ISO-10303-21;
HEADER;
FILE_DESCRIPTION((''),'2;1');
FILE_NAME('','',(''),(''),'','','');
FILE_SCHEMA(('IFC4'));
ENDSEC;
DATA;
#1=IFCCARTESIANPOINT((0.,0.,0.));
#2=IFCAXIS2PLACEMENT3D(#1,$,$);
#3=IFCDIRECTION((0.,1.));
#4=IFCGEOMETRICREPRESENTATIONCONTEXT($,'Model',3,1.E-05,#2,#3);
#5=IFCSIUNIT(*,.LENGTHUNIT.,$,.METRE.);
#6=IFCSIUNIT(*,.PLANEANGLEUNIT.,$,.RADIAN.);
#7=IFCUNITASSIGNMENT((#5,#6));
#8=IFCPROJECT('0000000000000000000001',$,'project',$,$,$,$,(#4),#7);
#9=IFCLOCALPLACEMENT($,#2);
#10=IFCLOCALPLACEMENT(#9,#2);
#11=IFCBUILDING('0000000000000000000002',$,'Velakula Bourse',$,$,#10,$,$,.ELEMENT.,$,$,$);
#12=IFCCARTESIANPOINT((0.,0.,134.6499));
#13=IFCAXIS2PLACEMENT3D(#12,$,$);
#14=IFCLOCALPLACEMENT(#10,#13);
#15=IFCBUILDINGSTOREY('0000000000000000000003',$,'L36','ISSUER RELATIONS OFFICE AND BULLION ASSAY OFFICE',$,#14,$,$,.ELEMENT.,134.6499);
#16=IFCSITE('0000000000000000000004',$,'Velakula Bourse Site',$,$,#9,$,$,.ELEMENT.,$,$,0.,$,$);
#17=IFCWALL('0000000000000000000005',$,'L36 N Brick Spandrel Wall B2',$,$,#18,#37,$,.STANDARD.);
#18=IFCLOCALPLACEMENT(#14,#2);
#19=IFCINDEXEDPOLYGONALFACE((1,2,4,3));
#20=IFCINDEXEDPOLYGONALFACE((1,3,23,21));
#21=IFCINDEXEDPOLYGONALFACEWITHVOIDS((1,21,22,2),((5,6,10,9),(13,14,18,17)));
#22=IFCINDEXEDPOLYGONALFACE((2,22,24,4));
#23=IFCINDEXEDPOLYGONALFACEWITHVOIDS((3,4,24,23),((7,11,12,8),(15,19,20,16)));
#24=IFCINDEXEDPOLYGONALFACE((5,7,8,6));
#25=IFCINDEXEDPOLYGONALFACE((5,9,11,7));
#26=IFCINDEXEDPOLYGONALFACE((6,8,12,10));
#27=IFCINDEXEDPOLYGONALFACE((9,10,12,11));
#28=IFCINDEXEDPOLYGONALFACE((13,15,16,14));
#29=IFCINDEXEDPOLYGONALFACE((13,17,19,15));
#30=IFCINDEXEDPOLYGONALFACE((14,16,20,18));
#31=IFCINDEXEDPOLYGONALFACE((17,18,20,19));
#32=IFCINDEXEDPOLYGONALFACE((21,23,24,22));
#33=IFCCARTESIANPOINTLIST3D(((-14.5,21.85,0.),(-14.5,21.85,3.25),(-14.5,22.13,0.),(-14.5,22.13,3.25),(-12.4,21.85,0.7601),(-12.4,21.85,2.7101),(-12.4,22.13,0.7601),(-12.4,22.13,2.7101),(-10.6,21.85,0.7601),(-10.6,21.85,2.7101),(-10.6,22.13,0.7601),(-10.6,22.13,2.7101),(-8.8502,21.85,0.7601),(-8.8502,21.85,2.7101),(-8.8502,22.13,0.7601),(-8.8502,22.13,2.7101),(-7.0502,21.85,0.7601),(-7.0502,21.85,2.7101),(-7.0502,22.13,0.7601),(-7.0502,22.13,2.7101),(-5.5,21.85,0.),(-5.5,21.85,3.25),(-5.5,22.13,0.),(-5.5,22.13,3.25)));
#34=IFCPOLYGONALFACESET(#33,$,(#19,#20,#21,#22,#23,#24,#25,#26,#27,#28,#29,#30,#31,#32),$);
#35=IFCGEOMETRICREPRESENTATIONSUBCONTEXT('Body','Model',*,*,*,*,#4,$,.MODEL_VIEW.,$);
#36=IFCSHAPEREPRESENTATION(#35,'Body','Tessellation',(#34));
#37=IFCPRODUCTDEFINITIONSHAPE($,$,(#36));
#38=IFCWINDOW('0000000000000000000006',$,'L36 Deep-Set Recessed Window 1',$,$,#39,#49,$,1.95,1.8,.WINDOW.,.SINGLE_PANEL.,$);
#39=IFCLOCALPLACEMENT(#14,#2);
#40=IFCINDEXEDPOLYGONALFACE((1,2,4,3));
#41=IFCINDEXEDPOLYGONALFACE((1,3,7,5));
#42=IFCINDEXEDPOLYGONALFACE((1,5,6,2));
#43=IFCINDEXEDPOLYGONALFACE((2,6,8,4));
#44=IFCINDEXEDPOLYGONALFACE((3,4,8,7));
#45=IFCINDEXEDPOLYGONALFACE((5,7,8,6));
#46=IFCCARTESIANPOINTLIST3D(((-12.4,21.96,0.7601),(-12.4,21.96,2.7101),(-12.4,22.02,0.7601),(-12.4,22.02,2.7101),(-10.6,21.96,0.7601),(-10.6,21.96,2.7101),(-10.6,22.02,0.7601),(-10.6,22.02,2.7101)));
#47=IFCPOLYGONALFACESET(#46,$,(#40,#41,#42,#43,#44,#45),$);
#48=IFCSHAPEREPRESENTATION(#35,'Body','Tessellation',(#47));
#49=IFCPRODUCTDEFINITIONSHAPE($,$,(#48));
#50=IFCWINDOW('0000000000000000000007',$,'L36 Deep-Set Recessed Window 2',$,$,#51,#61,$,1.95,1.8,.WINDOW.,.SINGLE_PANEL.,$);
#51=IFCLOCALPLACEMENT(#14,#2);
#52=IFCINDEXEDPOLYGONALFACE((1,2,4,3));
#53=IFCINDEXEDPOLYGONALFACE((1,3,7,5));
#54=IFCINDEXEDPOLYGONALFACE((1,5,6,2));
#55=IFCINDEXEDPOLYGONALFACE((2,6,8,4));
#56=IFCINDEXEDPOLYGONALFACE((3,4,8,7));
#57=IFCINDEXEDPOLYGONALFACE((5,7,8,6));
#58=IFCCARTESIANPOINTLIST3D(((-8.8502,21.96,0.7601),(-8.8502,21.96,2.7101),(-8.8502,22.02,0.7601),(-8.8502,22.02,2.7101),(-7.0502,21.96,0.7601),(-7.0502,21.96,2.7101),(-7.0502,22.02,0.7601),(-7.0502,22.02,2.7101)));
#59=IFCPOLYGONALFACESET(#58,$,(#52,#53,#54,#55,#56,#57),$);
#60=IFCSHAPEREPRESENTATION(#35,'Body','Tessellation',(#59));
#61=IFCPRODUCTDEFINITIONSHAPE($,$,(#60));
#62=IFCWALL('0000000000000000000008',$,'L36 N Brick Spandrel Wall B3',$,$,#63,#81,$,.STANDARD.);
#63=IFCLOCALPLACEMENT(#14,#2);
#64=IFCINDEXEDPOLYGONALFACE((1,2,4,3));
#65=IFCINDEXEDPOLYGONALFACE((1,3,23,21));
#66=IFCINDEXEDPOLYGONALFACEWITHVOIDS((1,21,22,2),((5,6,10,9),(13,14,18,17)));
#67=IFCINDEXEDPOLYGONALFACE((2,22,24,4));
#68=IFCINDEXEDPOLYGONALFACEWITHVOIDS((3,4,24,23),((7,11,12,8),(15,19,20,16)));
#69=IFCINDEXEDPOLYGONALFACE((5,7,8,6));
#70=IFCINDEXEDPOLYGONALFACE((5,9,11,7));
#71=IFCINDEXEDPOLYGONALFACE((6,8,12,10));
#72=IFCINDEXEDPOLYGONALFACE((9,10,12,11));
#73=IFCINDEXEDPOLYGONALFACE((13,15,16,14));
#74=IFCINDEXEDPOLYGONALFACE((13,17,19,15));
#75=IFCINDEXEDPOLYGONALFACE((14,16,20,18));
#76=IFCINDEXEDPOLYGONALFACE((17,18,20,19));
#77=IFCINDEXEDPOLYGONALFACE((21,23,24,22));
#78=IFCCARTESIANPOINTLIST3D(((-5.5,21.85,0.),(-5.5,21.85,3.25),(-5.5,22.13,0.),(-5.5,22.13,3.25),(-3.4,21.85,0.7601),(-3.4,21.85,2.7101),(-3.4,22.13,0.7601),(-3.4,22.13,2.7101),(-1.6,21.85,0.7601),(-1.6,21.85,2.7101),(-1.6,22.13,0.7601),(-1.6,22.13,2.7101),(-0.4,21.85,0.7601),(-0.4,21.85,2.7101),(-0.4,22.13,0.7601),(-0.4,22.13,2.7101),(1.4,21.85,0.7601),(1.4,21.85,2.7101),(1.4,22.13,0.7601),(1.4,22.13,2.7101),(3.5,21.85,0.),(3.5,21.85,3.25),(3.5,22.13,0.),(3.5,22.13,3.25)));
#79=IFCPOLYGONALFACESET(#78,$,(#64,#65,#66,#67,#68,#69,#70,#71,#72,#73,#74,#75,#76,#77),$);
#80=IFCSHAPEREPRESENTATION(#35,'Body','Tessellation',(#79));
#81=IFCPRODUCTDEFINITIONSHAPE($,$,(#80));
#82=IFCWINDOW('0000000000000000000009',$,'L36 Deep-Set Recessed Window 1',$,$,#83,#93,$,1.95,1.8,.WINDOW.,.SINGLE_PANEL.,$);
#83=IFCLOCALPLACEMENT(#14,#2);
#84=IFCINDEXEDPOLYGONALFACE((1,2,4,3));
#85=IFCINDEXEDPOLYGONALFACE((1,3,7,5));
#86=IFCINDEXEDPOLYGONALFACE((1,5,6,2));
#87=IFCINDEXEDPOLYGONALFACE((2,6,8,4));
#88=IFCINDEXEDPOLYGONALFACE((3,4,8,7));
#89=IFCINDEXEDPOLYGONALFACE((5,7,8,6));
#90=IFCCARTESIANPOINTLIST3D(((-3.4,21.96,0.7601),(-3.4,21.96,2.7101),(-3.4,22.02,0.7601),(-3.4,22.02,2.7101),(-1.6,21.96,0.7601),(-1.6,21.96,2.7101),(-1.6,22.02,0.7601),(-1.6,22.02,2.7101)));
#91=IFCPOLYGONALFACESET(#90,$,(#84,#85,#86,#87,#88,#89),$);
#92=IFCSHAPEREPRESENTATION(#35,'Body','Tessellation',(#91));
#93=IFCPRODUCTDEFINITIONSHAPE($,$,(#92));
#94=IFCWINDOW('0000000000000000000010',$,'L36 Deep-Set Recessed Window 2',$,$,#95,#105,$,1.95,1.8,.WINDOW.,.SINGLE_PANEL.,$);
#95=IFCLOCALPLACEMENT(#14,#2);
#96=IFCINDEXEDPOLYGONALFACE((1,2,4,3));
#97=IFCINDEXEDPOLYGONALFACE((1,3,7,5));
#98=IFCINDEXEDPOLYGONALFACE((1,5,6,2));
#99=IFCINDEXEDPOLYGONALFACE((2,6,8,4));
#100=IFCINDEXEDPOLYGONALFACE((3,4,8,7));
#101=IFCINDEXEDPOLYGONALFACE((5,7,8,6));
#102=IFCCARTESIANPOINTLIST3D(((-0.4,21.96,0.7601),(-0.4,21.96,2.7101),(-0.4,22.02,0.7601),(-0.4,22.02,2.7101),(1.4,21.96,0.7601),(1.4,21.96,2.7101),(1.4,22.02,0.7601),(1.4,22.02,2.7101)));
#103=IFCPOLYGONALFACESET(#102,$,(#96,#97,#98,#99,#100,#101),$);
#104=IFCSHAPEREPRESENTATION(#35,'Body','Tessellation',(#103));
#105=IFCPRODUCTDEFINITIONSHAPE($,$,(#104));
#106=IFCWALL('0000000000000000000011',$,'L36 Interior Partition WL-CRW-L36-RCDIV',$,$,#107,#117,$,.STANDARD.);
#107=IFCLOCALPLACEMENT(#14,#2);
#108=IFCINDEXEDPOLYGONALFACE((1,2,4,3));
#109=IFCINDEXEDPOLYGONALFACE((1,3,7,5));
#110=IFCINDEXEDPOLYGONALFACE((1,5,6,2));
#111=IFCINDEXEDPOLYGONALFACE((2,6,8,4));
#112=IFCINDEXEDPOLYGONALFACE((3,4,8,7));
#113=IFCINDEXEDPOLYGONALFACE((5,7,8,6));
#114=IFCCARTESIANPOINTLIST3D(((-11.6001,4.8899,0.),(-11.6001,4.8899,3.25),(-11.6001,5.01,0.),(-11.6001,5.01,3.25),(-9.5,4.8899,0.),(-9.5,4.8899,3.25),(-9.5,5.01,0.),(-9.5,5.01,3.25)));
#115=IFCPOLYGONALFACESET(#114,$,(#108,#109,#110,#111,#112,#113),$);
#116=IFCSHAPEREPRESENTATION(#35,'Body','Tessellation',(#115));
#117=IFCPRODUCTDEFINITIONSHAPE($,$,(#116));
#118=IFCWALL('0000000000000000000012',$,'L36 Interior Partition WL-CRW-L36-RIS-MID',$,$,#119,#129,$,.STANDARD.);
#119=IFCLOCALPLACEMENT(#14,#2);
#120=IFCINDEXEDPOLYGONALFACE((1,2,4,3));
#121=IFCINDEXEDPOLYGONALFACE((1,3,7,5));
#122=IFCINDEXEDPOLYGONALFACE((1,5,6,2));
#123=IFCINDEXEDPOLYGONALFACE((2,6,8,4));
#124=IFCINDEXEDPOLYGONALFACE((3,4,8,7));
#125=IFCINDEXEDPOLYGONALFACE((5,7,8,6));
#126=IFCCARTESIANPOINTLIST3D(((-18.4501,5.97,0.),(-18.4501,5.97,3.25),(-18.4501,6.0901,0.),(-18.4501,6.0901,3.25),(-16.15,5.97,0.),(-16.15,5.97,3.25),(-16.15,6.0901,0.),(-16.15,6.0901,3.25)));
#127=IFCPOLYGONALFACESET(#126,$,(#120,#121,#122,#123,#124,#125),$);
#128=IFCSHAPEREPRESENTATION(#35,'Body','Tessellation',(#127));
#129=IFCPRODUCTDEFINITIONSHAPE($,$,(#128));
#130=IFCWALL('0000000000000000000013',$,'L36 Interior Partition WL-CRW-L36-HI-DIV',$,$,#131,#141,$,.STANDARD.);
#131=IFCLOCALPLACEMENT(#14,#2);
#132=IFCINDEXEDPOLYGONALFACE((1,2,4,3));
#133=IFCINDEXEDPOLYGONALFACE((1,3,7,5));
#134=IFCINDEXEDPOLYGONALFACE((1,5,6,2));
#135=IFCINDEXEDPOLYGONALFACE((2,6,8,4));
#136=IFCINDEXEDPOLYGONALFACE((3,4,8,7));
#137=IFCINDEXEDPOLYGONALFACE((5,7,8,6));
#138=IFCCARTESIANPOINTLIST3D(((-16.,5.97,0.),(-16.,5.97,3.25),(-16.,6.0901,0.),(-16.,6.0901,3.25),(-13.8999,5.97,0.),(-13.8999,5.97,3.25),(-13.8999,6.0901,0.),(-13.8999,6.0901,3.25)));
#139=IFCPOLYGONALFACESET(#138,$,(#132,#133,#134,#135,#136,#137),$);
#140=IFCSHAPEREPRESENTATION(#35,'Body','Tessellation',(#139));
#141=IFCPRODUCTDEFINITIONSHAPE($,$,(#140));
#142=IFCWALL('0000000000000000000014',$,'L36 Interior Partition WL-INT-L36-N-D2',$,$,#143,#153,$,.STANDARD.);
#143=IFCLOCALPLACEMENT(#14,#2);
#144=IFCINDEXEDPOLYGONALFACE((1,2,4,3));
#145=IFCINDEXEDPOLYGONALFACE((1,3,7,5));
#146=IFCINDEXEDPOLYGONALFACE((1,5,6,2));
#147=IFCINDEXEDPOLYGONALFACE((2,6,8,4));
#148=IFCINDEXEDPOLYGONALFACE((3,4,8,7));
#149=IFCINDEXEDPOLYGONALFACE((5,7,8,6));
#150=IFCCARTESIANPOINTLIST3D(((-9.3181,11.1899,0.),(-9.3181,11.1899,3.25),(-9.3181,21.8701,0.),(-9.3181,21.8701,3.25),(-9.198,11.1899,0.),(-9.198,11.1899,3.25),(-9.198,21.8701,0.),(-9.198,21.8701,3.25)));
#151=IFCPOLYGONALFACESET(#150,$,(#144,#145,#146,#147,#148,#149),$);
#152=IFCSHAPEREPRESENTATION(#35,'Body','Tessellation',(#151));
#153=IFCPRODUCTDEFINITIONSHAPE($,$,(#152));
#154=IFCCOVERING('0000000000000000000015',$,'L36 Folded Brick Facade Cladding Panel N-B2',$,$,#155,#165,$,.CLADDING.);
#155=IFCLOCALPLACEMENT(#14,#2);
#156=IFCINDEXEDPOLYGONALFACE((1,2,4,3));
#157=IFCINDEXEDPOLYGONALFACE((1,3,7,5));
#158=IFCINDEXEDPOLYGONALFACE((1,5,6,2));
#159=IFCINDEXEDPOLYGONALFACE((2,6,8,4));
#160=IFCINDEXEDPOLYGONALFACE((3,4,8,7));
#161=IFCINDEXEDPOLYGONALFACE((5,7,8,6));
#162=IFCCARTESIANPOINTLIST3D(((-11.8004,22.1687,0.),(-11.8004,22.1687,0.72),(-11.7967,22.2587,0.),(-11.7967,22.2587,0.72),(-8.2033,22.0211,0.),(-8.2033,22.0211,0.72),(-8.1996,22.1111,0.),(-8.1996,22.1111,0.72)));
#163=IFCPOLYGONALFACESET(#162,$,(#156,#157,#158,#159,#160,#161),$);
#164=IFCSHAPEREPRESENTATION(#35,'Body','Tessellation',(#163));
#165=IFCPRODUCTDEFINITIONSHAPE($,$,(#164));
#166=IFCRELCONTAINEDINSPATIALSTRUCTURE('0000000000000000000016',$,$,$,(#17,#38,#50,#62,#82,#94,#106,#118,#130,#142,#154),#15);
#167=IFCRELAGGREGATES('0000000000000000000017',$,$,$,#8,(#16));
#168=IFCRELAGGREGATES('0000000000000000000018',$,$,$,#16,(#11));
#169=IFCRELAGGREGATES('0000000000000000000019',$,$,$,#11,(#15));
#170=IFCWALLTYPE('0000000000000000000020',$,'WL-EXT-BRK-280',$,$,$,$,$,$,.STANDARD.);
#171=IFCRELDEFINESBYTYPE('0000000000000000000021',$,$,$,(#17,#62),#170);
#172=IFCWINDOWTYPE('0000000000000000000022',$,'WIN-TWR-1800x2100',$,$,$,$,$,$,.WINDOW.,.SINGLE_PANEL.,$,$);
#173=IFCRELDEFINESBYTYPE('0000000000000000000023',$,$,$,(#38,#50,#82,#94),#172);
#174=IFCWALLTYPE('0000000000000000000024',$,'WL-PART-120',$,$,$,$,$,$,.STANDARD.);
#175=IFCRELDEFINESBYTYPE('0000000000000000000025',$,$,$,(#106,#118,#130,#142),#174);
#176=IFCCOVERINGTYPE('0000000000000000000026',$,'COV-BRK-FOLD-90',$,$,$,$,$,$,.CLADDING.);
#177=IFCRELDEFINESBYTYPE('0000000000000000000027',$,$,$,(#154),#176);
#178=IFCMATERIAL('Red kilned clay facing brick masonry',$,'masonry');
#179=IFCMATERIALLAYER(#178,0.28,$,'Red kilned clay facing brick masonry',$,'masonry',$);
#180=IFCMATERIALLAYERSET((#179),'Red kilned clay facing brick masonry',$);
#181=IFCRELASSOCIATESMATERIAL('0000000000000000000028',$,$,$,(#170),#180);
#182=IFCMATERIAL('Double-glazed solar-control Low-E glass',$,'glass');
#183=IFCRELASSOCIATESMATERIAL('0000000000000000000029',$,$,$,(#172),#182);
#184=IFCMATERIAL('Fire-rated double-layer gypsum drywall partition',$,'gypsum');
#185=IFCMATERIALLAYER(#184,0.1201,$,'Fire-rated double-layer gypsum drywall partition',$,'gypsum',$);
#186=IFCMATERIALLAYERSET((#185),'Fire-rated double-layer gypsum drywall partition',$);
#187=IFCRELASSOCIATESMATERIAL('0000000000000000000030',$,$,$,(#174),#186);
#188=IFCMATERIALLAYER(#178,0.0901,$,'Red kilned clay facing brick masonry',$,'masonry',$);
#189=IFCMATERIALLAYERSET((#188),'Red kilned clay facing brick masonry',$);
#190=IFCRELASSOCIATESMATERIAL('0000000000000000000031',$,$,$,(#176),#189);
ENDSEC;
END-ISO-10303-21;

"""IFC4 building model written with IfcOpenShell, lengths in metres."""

from ifc_helpers import new_model, si_unit, direction, frame, frame_2d, origin, origin_2d, place, context, subcontext, project, spatial, rectangle, extrude, material, layer, layer_set, type_object, element, fill, save


model = new_model("IFC4")

# Units and contexts
model_context = context("Model", 3, precision=1e-05, world=origin(), true_north=direction((0.0, 1.0)))
body_context = subcontext(model_context, "Body", "Model", "MODEL_VIEW")
ifc_project = project(units=[si_unit("LENGTHUNIT", "METRE"), si_unit("PLANEANGLEUNIT", "RADIAN")], contexts=[model_context])

# Site, building, storey
site_placement = place(None, origin())
site = spatial("IfcSite", under=ifc_project, at=site_placement, Name="Velakula Bourse Site", CompositionType="ELEMENT", RefElevation=0.0)
building_placement = place(site_placement, origin())
building = spatial("IfcBuilding", under=site, at=building_placement, Name="Velakula Bourse", CompositionType="ELEMENT")
storey_placement = place(building_placement, frame((0.0, 0.0, 134.6499)))
storey = spatial("IfcBuildingStorey", under=building, at=storey_placement, Name="L36", Description="ISSUER RELATIONS OFFICE AND BULLION ASSAY OFFICE", CompositionType="ELEMENT", Elevation=134.6499)

# Walls, openings, windows
ifc_material_1 = material(Name="Red kilned clay facing brick masonry", Category="masonry")
ifc_layer_1 = layer(ifc_material_1, 0.28, Name="Red kilned clay facing brick masonry", Category="masonry")
ifc_layer_set_1 = layer_set([ifc_layer_1], Name="Red kilned clay facing brick masonry")
wall_type_1 = type_object("IfcWallType", Name="WL-EXT-BRK-280", PredefinedType="STANDARD", material=ifc_layer_set_1)
wall_1_placement = place(storey_placement, frame((-14.5, 21.99, 0.0), z_axis=(0.0, 0.0, 1.0), x_axis=(1.0, 0.0, 0.0)))
wall_1 = element("IfcWall", 1, at=wall_1_placement, inside=storey, type_object=wall_type_1, Name="L36 N Brick Spandrel Wall B2", PredefinedType="STANDARD", context=body_context, shape_type="SweptSolid", body=[
    extrude(rectangle(XDim=9.0, YDim=0.28, at=frame_2d((4.5, 0.0))), origin(), (0.0, 0.0, 1.0), 3.25),
])
opening_1_placement = place(wall_1_placement, frame((2.1001, 0.0, 0.76)))
opening_1 = element("IfcOpeningElement", 2, at=opening_1_placement, cuts=wall_1, PredefinedType="OPENING", context=body_context, shape_type="SweptSolid", body=[
    extrude(rectangle(XDim=1.8, YDim=1.95, at=frame_2d((0.8999, 0.9751))), frame((0.0, 0.1499, 0.0), z_axis=(0.0, -1.0, 0.0), x_axis=(1.0, 0.0, 0.0)), (0.0, 0.0, 1.0), 0.3),
])
opening_2_placement = place(wall_1_placement, frame((5.6499, 0.0, 0.76)))
opening_2 = element("IfcOpeningElement", 3, at=opening_2_placement, cuts=wall_1, PredefinedType="OPENING", context=body_context, shape_type="SweptSolid", body=[
    extrude(rectangle(XDim=1.8, YDim=1.95, at=frame_2d((0.8999, 0.9751))), frame((0.0, 0.1499, 0.0), z_axis=(0.0, -1.0, 0.0), x_axis=(1.0, 0.0, 0.0)), (0.0, 0.0, 1.0), 0.3),
])
ifc_material_2 = material(Name="Double-glazed solar-control Low-E glass", Category="glass")
window_type = type_object("IfcWindowType", Name="WIN-TWR-1800x2100", PartitioningType="SINGLE_PANEL", PredefinedType="WINDOW", material=ifc_material_2)
window_1_placement = place(opening_1_placement, origin())
window_1 = element("IfcWindow", 4, at=window_1_placement, inside=storey, type_object=window_type, Name="L36 Deep-Set Recessed Window 1", OverallHeight=1.95, OverallWidth=1.8, PartitioningType="SINGLE_PANEL", PredefinedType="WINDOW", context=body_context, shape_type="SweptSolid", body=[
    extrude(rectangle(XDim=1.8, YDim=1.95, at=frame_2d((0.8999, 0.9751))), frame((0.0, 0.03, 0.0), z_axis=(0.0, -1.0, 0.0), x_axis=(1.0, 0.0, 0.0)), (0.0, 0.0, 1.0), 0.0601),
])
fill(opening_1, window_1)
window_2_placement = place(opening_2_placement, origin())
window_2 = element("IfcWindow", 5, at=window_2_placement, inside=storey, type_object=window_type, Name="L36 Deep-Set Recessed Window 2", OverallHeight=1.95, OverallWidth=1.8, PartitioningType="SINGLE_PANEL", PredefinedType="WINDOW", context=body_context, shape_type="SweptSolid", body=[
    extrude(rectangle(XDim=1.8, YDim=1.95, at=frame_2d((0.8999, 0.9751))), frame((0.0, 0.03, 0.0), z_axis=(0.0, -1.0, 0.0), x_axis=(1.0, 0.0, 0.0)), (0.0, 0.0, 1.0), 0.0601),
])
fill(opening_2, window_2)
wall_2_placement = place(storey_placement, frame((-5.5, 21.99, 0.0), z_axis=(0.0, 0.0, 1.0), x_axis=(1.0, 0.0, 0.0)))
wall_2 = element("IfcWall", 6, at=wall_2_placement, inside=storey, type_object=wall_type_1, Name="L36 N Brick Spandrel Wall B3", PredefinedType="STANDARD", context=body_context, shape_type="SweptSolid", body=[
    extrude(rectangle(XDim=9.0, YDim=0.28, at=frame_2d((4.5, 0.0))), origin(), (0.0, 0.0, 1.0), 3.25),
])
opening_3_placement = place(wall_2_placement, frame((2.1001, 0.0, 0.76)))
opening_3 = element("IfcOpeningElement", 7, at=opening_3_placement, cuts=wall_2, PredefinedType="OPENING", context=body_context, shape_type="SweptSolid", body=[
    extrude(rectangle(XDim=1.8, YDim=1.95, at=frame_2d((0.8999, 0.9751))), frame((0.0, 0.1499, 0.0), z_axis=(0.0, -1.0, 0.0), x_axis=(1.0, 0.0, 0.0)), (0.0, 0.0, 1.0), 0.3),
])
opening_4_placement = place(wall_2_placement, frame((5.1001, 0.0, 0.76)))
opening_4 = element("IfcOpeningElement", 8, at=opening_4_placement, cuts=wall_2, PredefinedType="OPENING", context=body_context, shape_type="SweptSolid", body=[
    extrude(rectangle(XDim=1.8, YDim=1.95, at=frame_2d((0.8999, 0.9751))), frame((0.0, 0.1499, 0.0), z_axis=(0.0, -1.0, 0.0), x_axis=(1.0, 0.0, 0.0)), (0.0, 0.0, 1.0), 0.3),
])
window_3_placement = place(opening_3_placement, origin())
window_3 = element("IfcWindow", 9, at=window_3_placement, inside=storey, type_object=window_type, Name="L36 Deep-Set Recessed Window 1", OverallHeight=1.95, OverallWidth=1.8, PartitioningType="SINGLE_PANEL", PredefinedType="WINDOW", context=body_context, shape_type="SweptSolid", body=[
    extrude(rectangle(XDim=1.8, YDim=1.95, at=frame_2d((0.8999, 0.9751))), frame((0.0, 0.03, 0.0), z_axis=(0.0, -1.0, 0.0), x_axis=(1.0, 0.0, 0.0)), (0.0, 0.0, 1.0), 0.0601),
])
fill(opening_3, window_3)
window_4_placement = place(opening_4_placement, origin())
window_4 = element("IfcWindow", 10, at=window_4_placement, inside=storey, type_object=window_type, Name="L36 Deep-Set Recessed Window 2", OverallHeight=1.95, OverallWidth=1.8, PartitioningType="SINGLE_PANEL", PredefinedType="WINDOW", context=body_context, shape_type="SweptSolid", body=[
    extrude(rectangle(XDim=1.8, YDim=1.95, at=frame_2d((0.8999, 0.9751))), frame((0.0, 0.03, 0.0), z_axis=(0.0, -1.0, 0.0), x_axis=(1.0, 0.0, 0.0)), (0.0, 0.0, 1.0), 0.0601),
])
fill(opening_4, window_4)

# Walls
ifc_material_3 = material(Name="Fire-rated double-layer gypsum drywall partition", Category="gypsum")
ifc_layer_2 = layer(ifc_material_3, 0.1201, Name="Fire-rated double-layer gypsum drywall partition", Category="gypsum")
ifc_layer_set_2 = layer_set([ifc_layer_2], Name="Fire-rated double-layer gypsum drywall partition")
wall_type_2 = type_object("IfcWallType", Name="WL-PART-120", PredefinedType="STANDARD", material=ifc_layer_set_2)
wall_3_placement = place(storey_placement, frame((-11.6001, 4.95, 0.0), z_axis=(0.0, 0.0, 1.0), x_axis=(1.0, 0.0, 0.0)))
element("IfcWall", 11, at=wall_3_placement, inside=storey, type_object=wall_type_2, Name="L36 Interior Partition WL-CRW-L36-RCDIV", PredefinedType="STANDARD", context=body_context, shape_type="SweptSolid", body=[
    extrude(rectangle(XDim=2.1001, YDim=0.1201, at=frame_2d((1.05, 0.0))), origin(), (0.0, 0.0, 1.0), 3.25),
])
wall_4_placement = place(storey_placement, frame((-18.45, 6.03, 0.0), z_axis=(0.0, 0.0, 1.0), x_axis=(1.0, 0.0, 0.0)))
element("IfcWall", 12, at=wall_4_placement, inside=storey, type_object=wall_type_2, Name="L36 Interior Partition WL-CRW-L36-RIS-MID", PredefinedType="STANDARD", context=body_context, shape_type="SweptSolid", body=[
    extrude(rectangle(XDim=2.3, YDim=0.1201, at=frame_2d((1.1499, 0.0))), origin(), (0.0, 0.0, 1.0), 3.25),
])
wall_5_placement = place(storey_placement, frame((-16.0, 6.03, 0.0), z_axis=(0.0, 0.0, 1.0), x_axis=(1.0, 0.0, 0.0)))
element("IfcWall", 13, at=wall_5_placement, inside=storey, type_object=wall_type_2, Name="L36 Interior Partition WL-CRW-L36-HI-DIV", PredefinedType="STANDARD", context=body_context, shape_type="SweptSolid", body=[
    extrude(rectangle(XDim=2.1001, YDim=0.1201, at=frame_2d((1.05, 0.0))), origin(), (0.0, 0.0, 1.0), 3.25),
])
wall_6_placement = place(storey_placement, frame((-9.2581, 11.1899, 0.0), z_axis=(0.0, 0.0, 1.0), x_axis=(0.0, 1.0, 0.0)))
element("IfcWall", 14, at=wall_6_placement, inside=storey, type_object=wall_type_2, Name="L36 Interior Partition WL-INT-L36-N-D2", PredefinedType="STANDARD", context=body_context, shape_type="SweptSolid", body=[
    extrude(rectangle(XDim=10.6802, YDim=0.1201, at=frame_2d((5.3401, 0.0))), origin(), (0.0, 0.0, 1.0), 3.25),
])

# Covering
ifc_layer_3 = layer(ifc_material_1, 0.0901, Name="Red kilned clay facing brick masonry", Category="masonry")
ifc_layer_set_3 = layer_set([ifc_layer_3], Name="Red kilned clay facing brick masonry")
covering_type = type_object("IfcCoveringType", Name="COV-BRK-FOLD-90", PredefinedType="CLADDING", material=ifc_layer_set_3)
covering_placement = place(storey_placement, frame((-10.0, 22.1399, 0.0), z_axis=(0.0, 0.0, 1.0), x_axis=(0.999159, -0.041004, 0.0)))
element("IfcCovering", 15, at=covering_placement, inside=storey, type_object=covering_type, Name="L36 Folded Brick Facade Cladding Panel N-B2", PredefinedType="CLADDING", context=body_context, shape_type="SweptSolid", body=[
    extrude(rectangle(XDim=3.6001, YDim=0.0901, at=origin_2d()), origin(), (0.0, 0.0, 1.0), 0.72),
])

save(model, "model.ifc")
